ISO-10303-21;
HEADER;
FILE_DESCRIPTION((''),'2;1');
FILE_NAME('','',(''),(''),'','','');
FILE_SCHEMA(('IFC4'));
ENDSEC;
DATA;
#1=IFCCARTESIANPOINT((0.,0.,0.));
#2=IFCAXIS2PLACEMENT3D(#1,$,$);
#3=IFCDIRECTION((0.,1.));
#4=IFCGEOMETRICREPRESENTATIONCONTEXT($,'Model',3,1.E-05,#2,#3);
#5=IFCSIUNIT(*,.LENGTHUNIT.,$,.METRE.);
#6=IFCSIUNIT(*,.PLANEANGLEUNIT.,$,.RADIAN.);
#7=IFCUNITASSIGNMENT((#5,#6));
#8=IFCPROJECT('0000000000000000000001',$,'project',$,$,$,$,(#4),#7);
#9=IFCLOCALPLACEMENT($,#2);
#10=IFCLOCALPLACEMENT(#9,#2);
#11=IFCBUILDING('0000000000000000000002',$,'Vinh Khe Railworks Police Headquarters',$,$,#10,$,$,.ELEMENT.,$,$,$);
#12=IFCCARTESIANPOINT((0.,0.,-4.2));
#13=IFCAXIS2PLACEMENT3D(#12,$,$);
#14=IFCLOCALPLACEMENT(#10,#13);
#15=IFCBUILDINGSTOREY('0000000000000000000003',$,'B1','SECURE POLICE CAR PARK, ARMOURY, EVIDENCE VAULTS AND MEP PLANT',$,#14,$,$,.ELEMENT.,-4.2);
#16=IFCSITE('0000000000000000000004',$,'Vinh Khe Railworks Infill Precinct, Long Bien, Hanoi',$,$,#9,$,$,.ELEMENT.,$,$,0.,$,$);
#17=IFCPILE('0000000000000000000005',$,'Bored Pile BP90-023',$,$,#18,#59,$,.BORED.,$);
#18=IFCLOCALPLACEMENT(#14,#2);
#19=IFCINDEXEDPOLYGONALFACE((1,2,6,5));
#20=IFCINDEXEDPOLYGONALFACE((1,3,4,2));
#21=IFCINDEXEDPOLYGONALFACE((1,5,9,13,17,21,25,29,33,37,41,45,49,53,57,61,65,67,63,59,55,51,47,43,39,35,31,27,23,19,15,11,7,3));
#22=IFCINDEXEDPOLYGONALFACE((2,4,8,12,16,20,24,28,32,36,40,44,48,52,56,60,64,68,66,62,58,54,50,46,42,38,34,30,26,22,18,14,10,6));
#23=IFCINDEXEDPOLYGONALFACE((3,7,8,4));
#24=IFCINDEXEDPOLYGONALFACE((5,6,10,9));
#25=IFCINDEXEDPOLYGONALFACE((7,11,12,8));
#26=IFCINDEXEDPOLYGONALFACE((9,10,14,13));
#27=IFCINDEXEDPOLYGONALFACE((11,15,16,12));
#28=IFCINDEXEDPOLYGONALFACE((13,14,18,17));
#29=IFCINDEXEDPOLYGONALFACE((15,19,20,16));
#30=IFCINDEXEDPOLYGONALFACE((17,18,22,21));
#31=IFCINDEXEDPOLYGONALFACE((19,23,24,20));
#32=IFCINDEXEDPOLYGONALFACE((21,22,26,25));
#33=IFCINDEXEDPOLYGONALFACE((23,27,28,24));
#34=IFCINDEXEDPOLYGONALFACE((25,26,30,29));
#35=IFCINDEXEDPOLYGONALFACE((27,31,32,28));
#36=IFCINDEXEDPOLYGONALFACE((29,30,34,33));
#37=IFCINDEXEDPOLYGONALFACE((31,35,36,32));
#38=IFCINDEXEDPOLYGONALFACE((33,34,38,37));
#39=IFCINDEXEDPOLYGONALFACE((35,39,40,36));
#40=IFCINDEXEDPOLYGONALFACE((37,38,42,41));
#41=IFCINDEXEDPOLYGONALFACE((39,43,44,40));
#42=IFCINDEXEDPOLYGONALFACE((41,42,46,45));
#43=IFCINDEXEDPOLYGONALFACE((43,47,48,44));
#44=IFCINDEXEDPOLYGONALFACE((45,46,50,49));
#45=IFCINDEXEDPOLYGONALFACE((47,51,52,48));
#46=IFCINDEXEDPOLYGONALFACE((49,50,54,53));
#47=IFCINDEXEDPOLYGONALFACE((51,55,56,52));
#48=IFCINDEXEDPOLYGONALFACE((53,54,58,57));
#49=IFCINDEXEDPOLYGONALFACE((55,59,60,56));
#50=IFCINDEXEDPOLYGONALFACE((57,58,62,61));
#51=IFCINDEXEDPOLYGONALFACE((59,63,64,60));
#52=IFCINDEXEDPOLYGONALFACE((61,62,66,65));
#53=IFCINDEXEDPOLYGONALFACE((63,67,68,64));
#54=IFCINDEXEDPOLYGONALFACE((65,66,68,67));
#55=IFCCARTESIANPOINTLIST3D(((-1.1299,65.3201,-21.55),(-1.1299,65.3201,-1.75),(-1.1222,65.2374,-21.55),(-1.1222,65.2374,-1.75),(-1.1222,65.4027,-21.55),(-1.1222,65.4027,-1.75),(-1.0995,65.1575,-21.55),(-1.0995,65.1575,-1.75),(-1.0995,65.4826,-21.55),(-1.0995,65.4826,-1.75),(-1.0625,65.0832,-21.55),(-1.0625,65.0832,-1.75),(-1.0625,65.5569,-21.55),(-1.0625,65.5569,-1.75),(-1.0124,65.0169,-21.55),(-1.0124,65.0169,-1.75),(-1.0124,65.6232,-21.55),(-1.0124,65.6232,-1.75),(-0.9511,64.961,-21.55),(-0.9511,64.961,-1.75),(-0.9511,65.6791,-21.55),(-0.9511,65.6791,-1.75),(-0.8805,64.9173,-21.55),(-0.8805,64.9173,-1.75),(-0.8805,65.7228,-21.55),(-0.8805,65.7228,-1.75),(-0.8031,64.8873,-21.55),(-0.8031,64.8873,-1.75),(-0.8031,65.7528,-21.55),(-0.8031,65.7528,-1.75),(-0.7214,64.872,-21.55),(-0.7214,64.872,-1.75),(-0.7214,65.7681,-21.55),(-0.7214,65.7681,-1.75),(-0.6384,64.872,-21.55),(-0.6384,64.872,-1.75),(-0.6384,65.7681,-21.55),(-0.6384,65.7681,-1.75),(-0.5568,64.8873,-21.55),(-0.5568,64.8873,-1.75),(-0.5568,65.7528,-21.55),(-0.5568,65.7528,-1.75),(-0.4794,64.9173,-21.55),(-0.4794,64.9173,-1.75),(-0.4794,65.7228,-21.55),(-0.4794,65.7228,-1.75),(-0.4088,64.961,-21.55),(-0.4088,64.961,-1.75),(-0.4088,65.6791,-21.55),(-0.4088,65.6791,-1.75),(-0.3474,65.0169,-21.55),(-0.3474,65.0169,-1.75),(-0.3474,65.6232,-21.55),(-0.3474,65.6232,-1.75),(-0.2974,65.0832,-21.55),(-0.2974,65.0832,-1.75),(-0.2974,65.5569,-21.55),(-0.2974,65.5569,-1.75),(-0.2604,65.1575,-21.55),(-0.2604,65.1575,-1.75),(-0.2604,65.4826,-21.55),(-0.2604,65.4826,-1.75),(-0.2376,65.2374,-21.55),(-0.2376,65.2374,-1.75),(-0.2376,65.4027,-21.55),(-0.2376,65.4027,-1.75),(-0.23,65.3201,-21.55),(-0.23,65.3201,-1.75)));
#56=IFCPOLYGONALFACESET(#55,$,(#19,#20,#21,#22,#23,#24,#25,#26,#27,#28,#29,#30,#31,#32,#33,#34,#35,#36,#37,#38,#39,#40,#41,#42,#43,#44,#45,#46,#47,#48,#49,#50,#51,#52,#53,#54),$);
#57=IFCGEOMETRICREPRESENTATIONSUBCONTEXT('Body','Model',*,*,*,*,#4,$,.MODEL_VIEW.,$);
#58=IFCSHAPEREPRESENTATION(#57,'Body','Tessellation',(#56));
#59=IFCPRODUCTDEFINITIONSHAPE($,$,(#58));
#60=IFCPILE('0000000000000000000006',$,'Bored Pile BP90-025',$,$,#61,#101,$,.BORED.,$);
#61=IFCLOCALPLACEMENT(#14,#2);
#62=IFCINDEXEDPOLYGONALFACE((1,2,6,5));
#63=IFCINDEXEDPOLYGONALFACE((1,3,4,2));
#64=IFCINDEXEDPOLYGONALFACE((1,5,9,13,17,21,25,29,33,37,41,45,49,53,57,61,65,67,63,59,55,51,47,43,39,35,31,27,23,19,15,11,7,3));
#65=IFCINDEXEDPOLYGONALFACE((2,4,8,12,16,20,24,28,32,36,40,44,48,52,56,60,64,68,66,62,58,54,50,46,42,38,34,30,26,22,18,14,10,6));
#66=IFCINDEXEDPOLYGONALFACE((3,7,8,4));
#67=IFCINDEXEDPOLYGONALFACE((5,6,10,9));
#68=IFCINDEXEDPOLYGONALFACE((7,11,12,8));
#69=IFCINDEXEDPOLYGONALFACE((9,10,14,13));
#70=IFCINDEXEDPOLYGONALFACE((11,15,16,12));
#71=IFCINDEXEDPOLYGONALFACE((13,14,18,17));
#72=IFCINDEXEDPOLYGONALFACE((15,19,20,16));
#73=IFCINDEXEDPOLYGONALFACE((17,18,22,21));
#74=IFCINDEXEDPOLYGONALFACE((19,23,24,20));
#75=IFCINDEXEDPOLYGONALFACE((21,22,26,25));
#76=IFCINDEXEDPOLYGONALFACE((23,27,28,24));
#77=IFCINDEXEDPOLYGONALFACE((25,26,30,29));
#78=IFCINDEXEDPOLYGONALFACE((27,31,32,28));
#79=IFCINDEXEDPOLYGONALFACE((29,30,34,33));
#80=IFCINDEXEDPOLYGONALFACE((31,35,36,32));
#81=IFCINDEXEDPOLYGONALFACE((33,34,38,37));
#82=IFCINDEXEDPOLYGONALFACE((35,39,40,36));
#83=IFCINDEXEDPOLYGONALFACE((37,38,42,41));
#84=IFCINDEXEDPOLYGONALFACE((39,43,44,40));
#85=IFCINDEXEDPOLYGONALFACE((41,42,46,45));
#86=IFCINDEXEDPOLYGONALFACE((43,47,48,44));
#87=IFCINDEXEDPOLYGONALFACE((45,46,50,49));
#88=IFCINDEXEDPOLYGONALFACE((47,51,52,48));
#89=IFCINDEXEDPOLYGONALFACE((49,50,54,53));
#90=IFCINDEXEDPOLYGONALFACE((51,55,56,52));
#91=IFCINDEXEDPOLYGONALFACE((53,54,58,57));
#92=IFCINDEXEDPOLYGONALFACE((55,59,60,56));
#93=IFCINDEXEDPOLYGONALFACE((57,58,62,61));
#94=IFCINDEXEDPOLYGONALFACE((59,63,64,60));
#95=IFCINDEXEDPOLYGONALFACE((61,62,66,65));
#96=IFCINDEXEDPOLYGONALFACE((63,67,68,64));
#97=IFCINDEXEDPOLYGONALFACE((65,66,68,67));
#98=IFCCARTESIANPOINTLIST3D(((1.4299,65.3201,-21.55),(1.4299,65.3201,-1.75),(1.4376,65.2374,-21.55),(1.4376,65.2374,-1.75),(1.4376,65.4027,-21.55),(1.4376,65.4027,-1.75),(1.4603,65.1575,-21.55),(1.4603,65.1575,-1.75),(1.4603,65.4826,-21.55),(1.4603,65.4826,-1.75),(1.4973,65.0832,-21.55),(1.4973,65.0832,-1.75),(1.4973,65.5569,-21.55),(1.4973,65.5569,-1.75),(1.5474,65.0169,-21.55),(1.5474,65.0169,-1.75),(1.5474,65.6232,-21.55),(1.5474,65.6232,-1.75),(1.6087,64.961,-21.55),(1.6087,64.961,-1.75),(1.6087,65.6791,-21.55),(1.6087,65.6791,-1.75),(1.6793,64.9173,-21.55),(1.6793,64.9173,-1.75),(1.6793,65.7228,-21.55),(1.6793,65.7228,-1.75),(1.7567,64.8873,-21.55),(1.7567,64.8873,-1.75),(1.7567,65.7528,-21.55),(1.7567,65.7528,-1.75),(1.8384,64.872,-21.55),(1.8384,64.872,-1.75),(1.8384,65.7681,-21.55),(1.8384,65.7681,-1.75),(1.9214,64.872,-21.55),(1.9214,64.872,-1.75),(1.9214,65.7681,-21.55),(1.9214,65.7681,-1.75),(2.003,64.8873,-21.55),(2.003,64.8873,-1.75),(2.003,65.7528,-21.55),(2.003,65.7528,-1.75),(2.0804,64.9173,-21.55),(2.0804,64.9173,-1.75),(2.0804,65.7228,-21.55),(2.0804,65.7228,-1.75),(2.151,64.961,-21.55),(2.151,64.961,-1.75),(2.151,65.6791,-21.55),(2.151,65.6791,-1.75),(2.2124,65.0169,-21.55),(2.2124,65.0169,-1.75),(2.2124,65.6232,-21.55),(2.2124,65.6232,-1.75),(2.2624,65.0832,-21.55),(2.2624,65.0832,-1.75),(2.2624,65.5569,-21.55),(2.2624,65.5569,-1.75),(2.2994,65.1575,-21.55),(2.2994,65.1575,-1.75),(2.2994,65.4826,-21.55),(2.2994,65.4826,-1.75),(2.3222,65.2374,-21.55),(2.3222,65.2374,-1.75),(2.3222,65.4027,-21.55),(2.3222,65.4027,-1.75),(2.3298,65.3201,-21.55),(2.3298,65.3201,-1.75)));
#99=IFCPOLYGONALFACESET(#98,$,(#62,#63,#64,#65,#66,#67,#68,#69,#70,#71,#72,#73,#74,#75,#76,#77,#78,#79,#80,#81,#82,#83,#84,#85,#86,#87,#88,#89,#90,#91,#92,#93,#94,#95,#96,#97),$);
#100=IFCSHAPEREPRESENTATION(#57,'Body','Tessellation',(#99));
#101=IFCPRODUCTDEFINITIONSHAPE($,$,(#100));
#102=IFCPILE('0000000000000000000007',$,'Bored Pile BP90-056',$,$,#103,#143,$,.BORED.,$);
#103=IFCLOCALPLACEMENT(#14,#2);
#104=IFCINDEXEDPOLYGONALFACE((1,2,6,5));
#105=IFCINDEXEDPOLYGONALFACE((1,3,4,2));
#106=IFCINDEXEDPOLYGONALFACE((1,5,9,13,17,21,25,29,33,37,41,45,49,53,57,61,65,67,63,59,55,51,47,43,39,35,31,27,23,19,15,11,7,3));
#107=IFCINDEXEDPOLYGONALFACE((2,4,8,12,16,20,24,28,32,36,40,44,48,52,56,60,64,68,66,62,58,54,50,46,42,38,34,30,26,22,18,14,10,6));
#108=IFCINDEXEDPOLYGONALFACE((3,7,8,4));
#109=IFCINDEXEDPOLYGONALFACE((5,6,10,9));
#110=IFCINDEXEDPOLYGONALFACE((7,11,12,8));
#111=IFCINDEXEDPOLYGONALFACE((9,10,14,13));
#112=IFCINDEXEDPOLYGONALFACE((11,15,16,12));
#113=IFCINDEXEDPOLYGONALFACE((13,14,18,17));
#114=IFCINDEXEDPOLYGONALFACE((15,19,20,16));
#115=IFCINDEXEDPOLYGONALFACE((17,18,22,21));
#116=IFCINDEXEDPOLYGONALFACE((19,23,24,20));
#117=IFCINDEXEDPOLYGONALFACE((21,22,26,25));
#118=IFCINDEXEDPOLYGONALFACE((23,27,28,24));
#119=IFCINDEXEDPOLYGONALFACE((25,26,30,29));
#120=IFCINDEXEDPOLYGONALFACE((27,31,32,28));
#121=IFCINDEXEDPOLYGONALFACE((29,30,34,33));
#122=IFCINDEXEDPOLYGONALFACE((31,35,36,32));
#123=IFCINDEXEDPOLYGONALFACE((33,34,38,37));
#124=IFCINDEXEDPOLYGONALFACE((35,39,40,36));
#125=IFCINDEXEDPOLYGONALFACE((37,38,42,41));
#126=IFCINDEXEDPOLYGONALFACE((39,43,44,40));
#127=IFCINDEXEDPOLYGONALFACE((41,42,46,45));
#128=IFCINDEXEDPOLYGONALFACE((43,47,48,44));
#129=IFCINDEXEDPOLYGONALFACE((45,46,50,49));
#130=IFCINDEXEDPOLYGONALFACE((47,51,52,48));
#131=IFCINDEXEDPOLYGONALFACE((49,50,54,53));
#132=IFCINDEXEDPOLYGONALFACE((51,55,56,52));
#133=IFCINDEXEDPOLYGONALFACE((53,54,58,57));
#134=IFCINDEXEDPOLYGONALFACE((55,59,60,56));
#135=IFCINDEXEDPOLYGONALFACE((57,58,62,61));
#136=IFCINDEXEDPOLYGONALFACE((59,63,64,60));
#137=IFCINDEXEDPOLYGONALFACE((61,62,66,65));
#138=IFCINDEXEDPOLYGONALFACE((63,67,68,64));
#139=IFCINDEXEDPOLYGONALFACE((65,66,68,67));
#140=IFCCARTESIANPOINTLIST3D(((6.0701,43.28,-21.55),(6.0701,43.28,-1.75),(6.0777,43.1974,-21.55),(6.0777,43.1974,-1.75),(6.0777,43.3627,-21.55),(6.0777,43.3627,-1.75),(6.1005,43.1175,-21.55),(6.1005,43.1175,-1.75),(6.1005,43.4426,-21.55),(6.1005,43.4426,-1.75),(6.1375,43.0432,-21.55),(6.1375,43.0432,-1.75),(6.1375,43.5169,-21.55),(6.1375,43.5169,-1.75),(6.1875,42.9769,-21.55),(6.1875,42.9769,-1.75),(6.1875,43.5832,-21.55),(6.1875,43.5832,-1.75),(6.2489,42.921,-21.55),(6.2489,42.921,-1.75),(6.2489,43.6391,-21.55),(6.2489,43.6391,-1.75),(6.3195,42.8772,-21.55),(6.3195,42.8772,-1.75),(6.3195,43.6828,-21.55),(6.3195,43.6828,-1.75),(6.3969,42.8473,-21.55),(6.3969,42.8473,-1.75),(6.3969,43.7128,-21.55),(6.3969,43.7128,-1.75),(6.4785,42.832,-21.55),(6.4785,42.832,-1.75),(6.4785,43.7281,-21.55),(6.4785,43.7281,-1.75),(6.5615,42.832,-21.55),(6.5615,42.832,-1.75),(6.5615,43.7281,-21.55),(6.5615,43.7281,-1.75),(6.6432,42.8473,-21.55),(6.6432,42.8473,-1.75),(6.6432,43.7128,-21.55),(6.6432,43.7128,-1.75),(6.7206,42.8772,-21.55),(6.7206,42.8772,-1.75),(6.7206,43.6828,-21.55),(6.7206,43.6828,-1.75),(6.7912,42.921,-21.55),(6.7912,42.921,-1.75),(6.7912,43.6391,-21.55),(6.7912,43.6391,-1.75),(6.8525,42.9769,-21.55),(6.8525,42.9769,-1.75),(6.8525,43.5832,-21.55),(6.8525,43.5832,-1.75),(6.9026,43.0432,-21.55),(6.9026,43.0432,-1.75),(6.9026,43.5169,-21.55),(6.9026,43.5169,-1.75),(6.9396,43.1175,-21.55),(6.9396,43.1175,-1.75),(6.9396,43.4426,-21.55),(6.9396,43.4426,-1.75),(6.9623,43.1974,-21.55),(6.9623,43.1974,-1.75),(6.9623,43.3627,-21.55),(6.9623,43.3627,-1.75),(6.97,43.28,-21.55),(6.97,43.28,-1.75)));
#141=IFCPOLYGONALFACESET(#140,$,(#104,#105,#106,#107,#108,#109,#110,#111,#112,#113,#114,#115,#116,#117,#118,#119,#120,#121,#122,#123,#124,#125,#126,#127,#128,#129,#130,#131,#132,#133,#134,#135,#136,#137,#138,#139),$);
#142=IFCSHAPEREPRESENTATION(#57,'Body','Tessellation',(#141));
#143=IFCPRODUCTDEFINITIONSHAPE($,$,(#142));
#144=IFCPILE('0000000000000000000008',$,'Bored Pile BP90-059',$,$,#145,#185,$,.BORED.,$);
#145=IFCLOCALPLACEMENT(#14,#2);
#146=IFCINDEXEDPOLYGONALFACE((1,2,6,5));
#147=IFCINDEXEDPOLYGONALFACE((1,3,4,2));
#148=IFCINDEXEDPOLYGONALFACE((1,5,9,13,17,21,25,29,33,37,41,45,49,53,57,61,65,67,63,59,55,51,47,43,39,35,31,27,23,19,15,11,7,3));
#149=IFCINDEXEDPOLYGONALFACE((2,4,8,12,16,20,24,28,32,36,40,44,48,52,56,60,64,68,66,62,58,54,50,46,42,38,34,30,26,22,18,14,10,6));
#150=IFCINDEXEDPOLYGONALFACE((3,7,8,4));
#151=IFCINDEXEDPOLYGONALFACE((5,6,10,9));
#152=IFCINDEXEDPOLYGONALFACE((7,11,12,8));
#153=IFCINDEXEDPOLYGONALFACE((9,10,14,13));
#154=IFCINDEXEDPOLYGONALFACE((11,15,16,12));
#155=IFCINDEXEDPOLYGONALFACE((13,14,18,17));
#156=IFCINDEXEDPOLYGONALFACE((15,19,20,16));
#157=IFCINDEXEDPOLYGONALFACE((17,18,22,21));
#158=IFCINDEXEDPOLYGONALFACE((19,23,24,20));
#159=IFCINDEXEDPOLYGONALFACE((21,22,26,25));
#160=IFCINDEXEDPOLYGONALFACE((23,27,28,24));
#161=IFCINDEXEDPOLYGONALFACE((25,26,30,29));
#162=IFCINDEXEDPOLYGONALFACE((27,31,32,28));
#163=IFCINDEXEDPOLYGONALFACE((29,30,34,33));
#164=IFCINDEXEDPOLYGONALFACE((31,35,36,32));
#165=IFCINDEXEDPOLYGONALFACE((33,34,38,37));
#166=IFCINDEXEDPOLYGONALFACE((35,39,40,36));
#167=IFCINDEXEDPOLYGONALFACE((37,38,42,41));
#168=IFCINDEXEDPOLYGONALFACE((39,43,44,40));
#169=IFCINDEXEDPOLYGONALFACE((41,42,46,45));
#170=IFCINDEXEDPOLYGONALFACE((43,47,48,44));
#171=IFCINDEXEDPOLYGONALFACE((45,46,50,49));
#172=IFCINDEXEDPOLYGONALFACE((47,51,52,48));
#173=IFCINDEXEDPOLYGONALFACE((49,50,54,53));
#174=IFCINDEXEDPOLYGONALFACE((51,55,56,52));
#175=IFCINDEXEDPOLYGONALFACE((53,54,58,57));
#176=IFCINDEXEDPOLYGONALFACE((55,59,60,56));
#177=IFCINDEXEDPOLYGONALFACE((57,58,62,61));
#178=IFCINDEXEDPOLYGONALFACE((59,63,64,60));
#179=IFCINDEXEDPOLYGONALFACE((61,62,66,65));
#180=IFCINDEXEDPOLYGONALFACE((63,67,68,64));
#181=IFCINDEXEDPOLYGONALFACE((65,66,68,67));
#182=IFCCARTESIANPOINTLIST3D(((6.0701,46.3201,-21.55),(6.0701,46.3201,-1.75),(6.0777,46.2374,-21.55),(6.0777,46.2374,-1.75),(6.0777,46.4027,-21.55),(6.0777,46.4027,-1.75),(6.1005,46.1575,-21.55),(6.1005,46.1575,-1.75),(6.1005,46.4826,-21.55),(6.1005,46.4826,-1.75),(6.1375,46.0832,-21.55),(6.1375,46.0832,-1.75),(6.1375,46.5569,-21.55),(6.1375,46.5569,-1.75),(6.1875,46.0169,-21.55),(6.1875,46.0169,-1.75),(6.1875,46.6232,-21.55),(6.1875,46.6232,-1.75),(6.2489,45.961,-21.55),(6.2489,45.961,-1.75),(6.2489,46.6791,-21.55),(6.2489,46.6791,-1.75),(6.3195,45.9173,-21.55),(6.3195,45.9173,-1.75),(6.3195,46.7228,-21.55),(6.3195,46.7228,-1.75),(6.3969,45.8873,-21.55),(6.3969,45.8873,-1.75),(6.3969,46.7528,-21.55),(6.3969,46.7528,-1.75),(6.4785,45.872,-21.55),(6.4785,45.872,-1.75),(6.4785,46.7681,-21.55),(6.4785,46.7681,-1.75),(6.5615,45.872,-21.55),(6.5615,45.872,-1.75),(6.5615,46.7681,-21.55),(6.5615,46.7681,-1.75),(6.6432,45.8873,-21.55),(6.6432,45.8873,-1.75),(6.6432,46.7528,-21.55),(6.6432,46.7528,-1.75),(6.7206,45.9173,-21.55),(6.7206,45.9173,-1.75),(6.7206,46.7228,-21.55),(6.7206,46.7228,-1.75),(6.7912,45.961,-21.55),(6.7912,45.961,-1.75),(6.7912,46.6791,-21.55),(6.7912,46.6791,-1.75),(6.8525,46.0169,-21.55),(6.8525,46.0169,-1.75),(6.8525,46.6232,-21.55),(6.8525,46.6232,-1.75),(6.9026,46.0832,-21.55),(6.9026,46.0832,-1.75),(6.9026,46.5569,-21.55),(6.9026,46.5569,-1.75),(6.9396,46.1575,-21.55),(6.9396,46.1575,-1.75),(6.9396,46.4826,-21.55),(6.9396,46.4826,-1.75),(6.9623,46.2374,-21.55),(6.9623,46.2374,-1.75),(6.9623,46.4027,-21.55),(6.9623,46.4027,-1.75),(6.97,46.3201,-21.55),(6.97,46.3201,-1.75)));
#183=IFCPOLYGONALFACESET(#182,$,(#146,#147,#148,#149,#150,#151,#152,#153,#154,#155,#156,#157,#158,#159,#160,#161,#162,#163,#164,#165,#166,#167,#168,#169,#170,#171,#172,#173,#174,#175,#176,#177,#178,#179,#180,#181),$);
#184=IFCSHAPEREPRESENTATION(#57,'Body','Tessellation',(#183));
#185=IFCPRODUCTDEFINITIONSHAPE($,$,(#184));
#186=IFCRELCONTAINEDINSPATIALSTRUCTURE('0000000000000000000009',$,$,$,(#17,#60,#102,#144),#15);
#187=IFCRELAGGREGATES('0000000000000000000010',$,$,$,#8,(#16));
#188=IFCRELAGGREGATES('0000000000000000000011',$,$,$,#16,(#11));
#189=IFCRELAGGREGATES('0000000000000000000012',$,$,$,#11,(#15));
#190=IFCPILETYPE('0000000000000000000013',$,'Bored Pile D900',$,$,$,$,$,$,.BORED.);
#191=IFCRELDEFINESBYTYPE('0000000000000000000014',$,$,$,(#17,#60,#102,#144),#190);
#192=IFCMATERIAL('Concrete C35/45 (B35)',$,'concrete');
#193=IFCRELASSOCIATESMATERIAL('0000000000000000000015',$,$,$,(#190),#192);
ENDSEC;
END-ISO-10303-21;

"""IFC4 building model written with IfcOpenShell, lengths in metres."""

from ifc_helpers import new_model, si_unit, direction, frame, origin, origin_2d, place, context, subcontext, project, spatial, circle, extrude, material, material_profile, profile_set, type_object, element, save


model = new_model("IFC4")

# Units and contexts
model_context = context("Model", 3, precision=1e-05, world=origin(), true_north=direction((0.0, 1.0)))
body_context = subcontext(model_context, "Body", "Model", "MODEL_VIEW")
ifc_project = project(units=[si_unit("LENGTHUNIT", "METRE"), si_unit("PLANEANGLEUNIT", "RADIAN")], contexts=[model_context])

# Site, building, storey
site_placement = place(None, origin())
site = spatial("IfcSite", under=ifc_project, at=site_placement, Name="Vinh Khe Railworks Infill Precinct, Long Bien, Hanoi", CompositionType="ELEMENT", RefElevation=0.0)
building_placement = place(site_placement, origin())
building = spatial("IfcBuilding", under=site, at=building_placement, Name="Vinh Khe Railworks Police Headquarters", CompositionType="ELEMENT")
storey_placement = place(building_placement, frame((0.0, 0.0, -4.2)))
storey = spatial("IfcBuildingStorey", under=building, at=storey_placement, Name="B1", Description="SECURE POLICE CAR PARK, ARMOURY, EVIDENCE VAULTS AND MEP PLANT", CompositionType="ELEMENT", Elevation=-4.2)

# Piles
ifc_material_1 = material(Name="Concrete C35/45 (B35)", Category="concrete")
ifc_material_profile_1 = material_profile(ifc_material_1, circle(Radius=0.45, at=origin_2d()), Name="BORED PILE D900")
ifc_profile_set_1 = profile_set([ifc_material_profile_1], Name="Concrete C35/45 (B35)")
pile_type_1 = type_object("IfcPileType", Name="Bored Pile D900", PredefinedType="BORED", material=ifc_profile_set_1)
for number, where, z_axis, x_axis, name in (
    (1, (-0.6799, 65.3201, -1.75), (0.0, 0.0, -1.0), (1.0, 0.0, 0.0), "Bored Pile BP90-023"),
    (2, (1.8799, 65.3201, -1.75), (0.0, 0.0, -1.0), (1.0, 0.0, 0.0), "Bored Pile BP90-025"),
    (3, (6.52, 43.28, -1.75), (0.0, 0.0, -1.0), (1.0, 0.0, 0.0), "Bored Pile BP90-056"),
    (4, (6.52, 46.3201, -1.75), (0.0, 0.0, -1.0), (1.0, 0.0, 0.0), "Bored Pile BP90-059"),
):
    element("IfcPile", number, at=place(storey_placement, frame(where, z_axis=z_axis, x_axis=x_axis)), inside=storey, type_object=pile_type_1, Name=name, PredefinedType="BORED", context=body_context, shape_type="SweptSolid", body=[
        extrude(circle(Radius=0.45, at=origin_2d()), origin(), (0.0, 0.0, 1.0), 19.8),
    ])

save(model, "model.ifc")
